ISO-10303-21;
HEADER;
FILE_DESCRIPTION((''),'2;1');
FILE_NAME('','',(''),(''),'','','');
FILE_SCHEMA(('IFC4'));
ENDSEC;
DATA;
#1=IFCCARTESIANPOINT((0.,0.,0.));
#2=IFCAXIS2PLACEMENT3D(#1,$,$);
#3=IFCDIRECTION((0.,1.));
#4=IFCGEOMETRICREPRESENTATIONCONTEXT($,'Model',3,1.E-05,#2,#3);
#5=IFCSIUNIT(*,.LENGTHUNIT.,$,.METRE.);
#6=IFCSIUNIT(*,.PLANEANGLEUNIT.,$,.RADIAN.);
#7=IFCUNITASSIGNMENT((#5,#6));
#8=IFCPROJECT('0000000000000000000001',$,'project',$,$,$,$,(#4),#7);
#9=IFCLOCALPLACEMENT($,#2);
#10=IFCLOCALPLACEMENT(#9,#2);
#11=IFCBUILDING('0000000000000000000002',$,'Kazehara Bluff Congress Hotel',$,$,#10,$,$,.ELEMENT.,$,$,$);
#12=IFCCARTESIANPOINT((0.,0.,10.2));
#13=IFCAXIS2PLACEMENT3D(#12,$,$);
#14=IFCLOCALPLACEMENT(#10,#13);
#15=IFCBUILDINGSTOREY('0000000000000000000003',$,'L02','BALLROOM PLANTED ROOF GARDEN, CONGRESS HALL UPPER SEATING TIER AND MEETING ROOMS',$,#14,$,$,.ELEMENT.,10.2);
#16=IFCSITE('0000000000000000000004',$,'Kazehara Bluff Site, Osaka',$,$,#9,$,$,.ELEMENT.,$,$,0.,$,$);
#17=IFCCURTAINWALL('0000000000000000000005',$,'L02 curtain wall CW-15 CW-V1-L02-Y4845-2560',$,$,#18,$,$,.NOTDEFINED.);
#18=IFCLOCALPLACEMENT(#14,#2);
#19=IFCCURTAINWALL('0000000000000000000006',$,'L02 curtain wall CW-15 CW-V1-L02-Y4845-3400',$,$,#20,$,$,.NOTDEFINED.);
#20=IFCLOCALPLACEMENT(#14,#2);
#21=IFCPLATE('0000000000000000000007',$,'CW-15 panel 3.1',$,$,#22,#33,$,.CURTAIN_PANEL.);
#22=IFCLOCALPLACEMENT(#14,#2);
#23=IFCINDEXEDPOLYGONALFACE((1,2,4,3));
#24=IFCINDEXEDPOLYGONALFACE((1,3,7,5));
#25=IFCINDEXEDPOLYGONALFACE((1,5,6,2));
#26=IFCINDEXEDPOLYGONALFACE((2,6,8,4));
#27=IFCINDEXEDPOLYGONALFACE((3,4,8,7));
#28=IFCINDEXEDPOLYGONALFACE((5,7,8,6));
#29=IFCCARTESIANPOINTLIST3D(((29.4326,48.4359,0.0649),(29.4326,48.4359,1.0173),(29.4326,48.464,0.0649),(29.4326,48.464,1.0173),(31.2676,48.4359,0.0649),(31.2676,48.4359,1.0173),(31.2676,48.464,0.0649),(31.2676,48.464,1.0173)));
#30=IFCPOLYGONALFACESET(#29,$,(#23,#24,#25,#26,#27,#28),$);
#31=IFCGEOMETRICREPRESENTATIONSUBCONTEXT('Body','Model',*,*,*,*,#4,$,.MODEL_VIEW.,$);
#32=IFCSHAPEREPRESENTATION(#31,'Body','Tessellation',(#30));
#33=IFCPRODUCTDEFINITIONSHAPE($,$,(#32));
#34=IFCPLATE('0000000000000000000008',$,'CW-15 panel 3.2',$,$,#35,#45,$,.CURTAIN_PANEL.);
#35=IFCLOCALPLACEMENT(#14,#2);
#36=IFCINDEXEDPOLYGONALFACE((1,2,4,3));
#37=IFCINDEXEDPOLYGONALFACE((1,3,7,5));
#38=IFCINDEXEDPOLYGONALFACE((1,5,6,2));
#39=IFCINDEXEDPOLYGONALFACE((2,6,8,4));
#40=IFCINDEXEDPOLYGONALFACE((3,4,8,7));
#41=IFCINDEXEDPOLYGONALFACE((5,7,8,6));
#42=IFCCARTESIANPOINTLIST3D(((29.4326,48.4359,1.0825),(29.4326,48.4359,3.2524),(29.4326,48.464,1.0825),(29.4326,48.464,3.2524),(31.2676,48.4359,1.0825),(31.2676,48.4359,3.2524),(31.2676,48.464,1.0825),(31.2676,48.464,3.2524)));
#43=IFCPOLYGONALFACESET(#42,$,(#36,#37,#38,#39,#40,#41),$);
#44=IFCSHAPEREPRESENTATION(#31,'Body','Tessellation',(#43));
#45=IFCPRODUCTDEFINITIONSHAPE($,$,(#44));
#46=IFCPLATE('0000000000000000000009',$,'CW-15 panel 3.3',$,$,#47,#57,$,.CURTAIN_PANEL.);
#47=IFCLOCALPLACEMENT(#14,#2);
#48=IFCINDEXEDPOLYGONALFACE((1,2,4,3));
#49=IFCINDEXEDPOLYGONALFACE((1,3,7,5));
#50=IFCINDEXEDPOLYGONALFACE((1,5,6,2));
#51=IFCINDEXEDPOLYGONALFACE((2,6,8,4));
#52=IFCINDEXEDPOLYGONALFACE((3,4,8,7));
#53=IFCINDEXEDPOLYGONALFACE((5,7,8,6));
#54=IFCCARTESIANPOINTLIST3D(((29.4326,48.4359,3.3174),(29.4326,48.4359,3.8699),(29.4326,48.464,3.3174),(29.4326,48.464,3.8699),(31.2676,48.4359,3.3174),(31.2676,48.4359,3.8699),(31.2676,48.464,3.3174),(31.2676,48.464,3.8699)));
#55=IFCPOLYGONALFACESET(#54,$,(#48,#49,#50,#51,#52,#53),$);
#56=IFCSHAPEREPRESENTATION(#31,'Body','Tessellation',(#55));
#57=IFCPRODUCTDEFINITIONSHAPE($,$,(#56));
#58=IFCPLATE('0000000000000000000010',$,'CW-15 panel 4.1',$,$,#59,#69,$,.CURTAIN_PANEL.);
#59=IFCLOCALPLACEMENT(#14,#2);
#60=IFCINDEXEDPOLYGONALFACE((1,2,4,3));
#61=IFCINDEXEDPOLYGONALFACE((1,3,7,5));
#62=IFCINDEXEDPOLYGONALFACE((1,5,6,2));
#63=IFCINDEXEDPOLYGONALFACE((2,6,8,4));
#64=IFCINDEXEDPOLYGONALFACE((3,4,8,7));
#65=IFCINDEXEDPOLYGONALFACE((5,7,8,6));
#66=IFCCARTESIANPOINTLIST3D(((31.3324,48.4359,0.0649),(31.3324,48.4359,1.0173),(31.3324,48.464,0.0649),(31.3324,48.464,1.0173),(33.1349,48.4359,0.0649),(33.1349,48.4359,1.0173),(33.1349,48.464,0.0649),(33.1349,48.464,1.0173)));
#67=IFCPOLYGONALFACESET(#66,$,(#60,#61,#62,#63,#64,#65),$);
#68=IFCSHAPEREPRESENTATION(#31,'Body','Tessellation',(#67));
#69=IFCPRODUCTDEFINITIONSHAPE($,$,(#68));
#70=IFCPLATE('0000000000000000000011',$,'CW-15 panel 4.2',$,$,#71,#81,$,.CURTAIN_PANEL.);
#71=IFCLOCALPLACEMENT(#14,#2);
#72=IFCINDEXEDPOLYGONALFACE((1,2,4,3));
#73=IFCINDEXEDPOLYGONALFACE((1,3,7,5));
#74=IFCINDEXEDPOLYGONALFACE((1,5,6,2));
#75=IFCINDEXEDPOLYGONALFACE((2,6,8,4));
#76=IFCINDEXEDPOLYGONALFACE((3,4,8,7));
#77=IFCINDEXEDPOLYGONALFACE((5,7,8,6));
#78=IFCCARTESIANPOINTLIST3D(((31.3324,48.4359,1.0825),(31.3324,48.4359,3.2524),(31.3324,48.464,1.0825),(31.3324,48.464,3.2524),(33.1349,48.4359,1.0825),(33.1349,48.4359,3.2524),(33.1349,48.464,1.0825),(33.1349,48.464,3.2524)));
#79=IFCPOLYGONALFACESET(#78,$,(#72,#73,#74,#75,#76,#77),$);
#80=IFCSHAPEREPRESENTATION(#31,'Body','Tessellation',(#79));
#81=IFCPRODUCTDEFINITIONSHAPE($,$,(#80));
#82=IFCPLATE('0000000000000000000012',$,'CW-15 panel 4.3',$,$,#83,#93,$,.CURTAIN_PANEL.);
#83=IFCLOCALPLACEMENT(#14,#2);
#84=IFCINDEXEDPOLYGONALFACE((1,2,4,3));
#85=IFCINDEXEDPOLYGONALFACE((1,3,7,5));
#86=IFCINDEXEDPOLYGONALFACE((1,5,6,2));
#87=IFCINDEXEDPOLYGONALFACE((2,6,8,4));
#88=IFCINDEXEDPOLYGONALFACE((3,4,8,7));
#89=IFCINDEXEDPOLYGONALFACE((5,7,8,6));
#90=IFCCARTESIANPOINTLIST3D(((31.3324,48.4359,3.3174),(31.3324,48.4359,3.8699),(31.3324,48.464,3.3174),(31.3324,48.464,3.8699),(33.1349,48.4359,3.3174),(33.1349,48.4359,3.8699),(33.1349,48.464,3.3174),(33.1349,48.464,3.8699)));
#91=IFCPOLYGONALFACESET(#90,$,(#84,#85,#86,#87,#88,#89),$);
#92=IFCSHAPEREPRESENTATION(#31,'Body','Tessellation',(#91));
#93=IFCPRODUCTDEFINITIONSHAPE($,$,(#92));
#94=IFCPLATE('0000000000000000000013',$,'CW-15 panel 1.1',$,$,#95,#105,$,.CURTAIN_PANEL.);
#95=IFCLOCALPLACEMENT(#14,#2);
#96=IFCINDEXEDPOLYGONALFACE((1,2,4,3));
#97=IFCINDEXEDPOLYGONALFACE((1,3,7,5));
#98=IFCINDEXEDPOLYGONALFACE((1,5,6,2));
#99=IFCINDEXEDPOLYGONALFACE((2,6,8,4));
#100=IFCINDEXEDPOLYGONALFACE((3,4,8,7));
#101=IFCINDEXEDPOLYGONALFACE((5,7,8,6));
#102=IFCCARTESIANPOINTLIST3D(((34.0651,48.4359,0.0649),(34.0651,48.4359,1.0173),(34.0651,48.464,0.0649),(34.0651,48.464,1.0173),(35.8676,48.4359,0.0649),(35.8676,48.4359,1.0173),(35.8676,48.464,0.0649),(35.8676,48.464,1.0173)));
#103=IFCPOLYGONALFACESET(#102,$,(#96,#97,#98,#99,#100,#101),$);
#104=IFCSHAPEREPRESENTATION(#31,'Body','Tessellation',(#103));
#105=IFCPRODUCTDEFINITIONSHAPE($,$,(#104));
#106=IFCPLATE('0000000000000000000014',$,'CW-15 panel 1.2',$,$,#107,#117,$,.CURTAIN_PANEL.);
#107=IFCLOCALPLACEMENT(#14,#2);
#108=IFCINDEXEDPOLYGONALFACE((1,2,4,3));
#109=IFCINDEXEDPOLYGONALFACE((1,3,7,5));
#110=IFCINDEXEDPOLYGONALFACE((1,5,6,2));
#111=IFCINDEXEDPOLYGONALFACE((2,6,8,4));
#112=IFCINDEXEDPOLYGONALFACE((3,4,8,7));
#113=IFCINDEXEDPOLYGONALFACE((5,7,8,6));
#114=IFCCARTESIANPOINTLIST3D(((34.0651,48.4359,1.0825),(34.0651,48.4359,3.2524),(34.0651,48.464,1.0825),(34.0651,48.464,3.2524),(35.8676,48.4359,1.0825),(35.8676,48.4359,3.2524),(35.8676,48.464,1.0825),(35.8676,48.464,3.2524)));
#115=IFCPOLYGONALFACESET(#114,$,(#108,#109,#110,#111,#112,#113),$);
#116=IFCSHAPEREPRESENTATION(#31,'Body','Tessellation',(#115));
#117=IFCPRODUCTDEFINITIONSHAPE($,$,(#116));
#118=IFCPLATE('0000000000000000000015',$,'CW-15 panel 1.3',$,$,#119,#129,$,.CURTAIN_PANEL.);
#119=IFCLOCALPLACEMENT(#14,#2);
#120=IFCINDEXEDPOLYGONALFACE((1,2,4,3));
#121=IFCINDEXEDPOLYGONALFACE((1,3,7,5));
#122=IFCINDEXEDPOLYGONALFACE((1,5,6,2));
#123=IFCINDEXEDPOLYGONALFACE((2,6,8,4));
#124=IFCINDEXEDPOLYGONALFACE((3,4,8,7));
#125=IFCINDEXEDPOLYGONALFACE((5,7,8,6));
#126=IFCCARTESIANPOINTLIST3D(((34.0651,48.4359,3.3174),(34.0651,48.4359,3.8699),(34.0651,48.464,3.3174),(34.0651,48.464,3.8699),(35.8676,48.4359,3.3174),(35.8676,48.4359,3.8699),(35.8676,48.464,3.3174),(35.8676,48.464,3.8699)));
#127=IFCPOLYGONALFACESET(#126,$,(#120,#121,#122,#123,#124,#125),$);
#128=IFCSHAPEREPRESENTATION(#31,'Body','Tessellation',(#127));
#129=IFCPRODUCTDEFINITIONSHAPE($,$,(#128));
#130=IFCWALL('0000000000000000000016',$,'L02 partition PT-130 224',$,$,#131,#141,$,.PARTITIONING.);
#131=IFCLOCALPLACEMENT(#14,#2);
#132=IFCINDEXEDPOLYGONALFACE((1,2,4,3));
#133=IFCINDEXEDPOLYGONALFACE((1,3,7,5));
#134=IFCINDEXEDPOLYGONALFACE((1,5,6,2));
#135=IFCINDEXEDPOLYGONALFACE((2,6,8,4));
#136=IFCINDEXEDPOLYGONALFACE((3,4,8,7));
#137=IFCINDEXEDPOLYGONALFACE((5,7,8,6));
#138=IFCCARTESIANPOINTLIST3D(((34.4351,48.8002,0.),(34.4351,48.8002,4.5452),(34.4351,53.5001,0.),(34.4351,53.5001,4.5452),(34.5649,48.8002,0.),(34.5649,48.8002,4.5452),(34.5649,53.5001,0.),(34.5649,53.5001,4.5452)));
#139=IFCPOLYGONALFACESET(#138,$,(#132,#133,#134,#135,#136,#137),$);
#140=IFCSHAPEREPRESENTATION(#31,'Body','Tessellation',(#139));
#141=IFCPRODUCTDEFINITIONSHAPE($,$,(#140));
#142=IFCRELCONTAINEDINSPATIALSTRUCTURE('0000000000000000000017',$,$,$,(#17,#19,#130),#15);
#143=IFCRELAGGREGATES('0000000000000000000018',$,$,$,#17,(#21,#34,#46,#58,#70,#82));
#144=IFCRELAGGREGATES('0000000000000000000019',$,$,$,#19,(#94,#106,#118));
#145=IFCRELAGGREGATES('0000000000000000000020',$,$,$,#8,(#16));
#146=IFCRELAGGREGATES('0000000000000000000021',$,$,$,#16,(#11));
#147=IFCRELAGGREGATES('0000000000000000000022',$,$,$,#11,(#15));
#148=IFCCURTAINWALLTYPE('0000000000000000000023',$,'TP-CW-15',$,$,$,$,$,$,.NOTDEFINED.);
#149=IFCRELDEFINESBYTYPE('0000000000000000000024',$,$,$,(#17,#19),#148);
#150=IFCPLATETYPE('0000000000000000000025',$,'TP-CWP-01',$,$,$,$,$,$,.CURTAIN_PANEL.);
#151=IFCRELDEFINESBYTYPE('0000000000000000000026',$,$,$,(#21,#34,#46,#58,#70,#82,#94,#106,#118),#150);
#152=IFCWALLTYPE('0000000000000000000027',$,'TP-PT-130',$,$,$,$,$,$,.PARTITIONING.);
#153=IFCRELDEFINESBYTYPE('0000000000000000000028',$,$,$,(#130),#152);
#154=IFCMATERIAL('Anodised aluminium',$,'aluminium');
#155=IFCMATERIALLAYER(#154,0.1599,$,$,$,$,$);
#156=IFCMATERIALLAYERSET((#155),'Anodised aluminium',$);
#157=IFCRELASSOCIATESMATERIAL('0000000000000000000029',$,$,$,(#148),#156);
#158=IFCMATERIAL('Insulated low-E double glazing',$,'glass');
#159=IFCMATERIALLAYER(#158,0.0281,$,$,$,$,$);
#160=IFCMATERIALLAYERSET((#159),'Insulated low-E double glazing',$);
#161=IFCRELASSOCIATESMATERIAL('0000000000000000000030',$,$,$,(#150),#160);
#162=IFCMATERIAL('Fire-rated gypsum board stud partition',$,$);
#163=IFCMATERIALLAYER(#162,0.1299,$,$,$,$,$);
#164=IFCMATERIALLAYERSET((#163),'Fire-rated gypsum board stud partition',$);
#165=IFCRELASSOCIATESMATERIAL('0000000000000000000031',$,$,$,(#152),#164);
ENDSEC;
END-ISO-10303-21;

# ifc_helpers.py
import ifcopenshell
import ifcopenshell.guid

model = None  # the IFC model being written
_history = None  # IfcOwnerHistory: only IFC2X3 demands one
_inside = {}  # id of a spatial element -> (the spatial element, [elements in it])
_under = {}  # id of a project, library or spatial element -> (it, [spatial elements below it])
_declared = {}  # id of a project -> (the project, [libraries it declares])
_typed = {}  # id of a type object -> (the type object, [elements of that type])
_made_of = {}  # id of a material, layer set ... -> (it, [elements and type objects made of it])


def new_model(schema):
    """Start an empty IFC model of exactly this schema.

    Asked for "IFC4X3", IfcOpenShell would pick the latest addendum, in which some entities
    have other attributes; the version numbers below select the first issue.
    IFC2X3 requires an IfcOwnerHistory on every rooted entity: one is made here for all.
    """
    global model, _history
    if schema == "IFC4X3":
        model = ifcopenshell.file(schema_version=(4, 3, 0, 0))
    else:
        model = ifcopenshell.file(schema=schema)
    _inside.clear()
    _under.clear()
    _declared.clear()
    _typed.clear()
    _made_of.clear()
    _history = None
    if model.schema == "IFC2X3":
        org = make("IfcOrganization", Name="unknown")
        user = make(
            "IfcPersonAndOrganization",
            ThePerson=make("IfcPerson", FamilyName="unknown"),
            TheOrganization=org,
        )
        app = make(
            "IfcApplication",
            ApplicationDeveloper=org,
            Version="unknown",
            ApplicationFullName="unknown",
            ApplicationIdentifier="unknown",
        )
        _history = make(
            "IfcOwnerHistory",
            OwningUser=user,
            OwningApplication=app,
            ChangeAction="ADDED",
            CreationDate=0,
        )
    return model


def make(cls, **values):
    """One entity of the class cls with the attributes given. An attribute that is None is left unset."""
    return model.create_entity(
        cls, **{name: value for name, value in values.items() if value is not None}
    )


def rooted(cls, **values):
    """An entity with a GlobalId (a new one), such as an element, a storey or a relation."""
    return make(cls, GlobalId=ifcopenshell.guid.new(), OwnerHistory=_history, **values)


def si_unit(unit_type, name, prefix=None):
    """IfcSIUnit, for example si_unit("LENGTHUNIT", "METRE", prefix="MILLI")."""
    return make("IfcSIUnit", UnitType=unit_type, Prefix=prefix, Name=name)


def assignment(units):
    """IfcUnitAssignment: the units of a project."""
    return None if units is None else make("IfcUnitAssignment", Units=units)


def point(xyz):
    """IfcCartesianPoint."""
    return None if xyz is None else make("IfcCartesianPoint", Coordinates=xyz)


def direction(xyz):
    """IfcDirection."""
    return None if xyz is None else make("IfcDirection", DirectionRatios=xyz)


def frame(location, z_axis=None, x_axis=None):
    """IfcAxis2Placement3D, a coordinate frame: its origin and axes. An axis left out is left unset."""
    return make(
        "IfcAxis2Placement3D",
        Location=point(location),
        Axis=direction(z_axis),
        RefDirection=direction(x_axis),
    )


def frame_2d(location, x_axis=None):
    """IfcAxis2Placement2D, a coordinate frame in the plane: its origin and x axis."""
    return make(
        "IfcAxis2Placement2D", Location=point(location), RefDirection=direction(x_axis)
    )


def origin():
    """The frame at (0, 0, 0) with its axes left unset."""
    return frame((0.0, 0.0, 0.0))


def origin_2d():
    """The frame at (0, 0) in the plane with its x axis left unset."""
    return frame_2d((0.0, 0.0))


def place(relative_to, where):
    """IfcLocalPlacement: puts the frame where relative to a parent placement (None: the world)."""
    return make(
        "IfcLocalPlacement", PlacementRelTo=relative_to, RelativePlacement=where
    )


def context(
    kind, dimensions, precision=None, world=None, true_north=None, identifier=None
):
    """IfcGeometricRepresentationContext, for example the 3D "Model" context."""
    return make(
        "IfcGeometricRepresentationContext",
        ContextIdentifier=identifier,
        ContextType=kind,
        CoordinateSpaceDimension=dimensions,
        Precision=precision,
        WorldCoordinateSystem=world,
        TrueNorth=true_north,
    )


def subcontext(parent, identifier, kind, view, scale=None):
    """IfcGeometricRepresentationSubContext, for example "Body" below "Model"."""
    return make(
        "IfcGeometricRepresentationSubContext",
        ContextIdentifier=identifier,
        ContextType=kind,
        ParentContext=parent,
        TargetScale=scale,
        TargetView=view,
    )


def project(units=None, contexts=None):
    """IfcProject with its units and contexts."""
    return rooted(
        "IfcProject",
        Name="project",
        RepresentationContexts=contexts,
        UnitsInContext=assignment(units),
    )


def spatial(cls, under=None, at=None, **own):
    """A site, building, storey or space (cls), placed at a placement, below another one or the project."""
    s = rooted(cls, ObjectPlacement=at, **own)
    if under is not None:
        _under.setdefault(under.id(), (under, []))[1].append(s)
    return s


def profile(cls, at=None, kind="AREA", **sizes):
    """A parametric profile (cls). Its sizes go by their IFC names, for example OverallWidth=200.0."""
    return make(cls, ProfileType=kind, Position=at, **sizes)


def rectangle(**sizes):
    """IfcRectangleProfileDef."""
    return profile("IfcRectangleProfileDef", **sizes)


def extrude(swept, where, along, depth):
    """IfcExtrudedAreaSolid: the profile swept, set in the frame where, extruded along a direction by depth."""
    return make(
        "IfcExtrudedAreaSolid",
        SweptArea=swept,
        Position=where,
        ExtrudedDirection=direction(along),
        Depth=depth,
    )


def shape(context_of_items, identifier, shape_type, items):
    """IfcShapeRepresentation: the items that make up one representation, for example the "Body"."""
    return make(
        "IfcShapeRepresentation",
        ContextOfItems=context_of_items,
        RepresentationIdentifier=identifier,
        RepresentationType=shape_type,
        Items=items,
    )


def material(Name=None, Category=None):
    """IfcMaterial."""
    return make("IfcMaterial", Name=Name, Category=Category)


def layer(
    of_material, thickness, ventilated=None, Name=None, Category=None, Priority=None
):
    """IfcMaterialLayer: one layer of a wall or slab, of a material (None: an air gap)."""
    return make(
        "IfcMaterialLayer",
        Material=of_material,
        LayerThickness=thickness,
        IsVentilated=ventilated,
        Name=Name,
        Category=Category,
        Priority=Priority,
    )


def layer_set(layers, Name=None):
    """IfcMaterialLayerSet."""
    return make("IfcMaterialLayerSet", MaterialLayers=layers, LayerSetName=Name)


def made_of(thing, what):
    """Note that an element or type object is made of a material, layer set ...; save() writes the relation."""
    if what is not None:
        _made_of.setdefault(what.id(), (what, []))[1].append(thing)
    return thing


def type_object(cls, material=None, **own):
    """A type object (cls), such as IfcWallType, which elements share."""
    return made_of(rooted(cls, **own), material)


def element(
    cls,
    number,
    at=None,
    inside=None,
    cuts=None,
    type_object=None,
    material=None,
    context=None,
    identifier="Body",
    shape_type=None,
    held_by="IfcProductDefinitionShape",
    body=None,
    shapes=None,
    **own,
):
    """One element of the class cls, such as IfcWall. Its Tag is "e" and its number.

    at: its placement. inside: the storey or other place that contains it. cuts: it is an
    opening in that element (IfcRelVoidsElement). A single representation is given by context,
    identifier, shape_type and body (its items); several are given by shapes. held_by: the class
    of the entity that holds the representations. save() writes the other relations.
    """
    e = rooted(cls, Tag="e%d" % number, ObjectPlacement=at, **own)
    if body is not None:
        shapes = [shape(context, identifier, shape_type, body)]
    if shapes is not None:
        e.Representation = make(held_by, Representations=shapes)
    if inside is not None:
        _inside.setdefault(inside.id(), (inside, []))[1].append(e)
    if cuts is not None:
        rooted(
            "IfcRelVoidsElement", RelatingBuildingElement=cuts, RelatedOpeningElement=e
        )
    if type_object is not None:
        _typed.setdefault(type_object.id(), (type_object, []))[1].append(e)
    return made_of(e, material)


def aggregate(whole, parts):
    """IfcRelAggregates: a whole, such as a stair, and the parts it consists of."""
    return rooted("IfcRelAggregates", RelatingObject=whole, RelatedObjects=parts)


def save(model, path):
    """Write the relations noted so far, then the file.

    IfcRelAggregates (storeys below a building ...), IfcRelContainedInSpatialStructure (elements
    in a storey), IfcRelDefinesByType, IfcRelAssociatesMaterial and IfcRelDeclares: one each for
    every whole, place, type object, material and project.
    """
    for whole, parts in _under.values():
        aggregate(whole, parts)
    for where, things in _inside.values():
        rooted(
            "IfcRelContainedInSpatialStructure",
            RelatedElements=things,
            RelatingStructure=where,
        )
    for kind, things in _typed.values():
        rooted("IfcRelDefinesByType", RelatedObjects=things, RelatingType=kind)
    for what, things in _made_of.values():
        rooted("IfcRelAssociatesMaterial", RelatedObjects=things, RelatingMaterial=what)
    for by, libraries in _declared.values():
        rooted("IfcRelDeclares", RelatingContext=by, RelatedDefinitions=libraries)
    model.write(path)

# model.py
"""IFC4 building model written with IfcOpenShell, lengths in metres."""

from ifc_helpers import new_model, si_unit, direction, frame, frame_2d, origin, origin_2d, place, context, subcontext, project, spatial, rectangle, extrude, material, layer, layer_set, type_object, element, aggregate, save


model = new_model("IFC4")

# Units and contexts
model_context = context("Model", 3, precision=1e-05, world=origin(), true_north=direction((0.0, 1.0)))
body_context = subcontext(model_context, "Body", "Model", "MODEL_VIEW")
ifc_project = project(units=[si_unit("LENGTHUNIT", "METRE"), si_unit("PLANEANGLEUNIT", "RADIAN")], contexts=[model_context])

# Site, building, storey
site_placement = place(None, origin())
site = spatial("IfcSite", under=ifc_project, at=site_placement, Name="Kazehara Bluff Site, Osaka", CompositionType="ELEMENT", RefElevation=0.0)
building_placement = place(site_placement, origin())
building = spatial("IfcBuilding", under=site, at=building_placement, Name="Kazehara Bluff Congress Hotel", CompositionType="ELEMENT")
storey_placement = place(building_placement, frame((0.0, 0.0, 10.2)))
storey = spatial("IfcBuildingStorey", under=building, at=storey_placement, Name="L02", Description="BALLROOM PLANTED ROOF GARDEN, CONGRESS HALL UPPER SEATING TIER AND MEETING ROOMS", CompositionType="ELEMENT", Elevation=10.2)

# Curtain walls
ifc_material_1 = material(Name="Anodised aluminium", Category="aluminium")
ifc_layer_1 = layer(ifc_material_1, 0.1599)
ifc_layer_set_1 = layer_set([ifc_layer_1], Name="Anodised aluminium")
curtain_wall_type = type_object("IfcCurtainWallType", Name="TP-CW-15", PredefinedType="NOTDEFINED", material=ifc_layer_set_1)
curtain_wall_1_placement = place(storey_placement, origin())
curtain_wall_1 = element("IfcCurtainWall", 1, at=curtain_wall_1_placement, inside=storey, type_object=curtain_wall_type, Name="L02 curtain wall CW-15 CW-V1-L02-Y4845-2560", PredefinedType="NOTDEFINED")
curtain_wall_2_placement = place(storey_placement, origin())
curtain_wall_2 = element("IfcCurtainWall", 2, at=curtain_wall_2_placement, inside=storey, type_object=curtain_wall_type, Name="L02 curtain wall CW-15 CW-V1-L02-Y4845-3400", PredefinedType="NOTDEFINED")

# Plates
ifc_material_2 = material(Name="Insulated low-E double glazing", Category="glass")
ifc_layer_2 = layer(ifc_material_2, 0.0281)
ifc_layer_set_2 = layer_set([ifc_layer_2], Name="Insulated low-E double glazing")
plate_type = type_object("IfcPlateType", Name="TP-CWP-01", PredefinedType="CURTAIN_PANEL", material=ifc_layer_set_2)
plate_1_placement = place(storey_placement, frame((30.3501, 48.45, 0.0649), z_axis=(0.0, 0.0, 1.0), x_axis=(1.0, 0.0, 0.0)))
plate_1 = element("IfcPlate", 3, at=plate_1_placement, type_object=plate_type, Name="CW-15 panel 3.1", PredefinedType="CURTAIN_PANEL", context=body_context, shape_type="SweptSolid", body=[
    extrude(rectangle(XDim=1.835, YDim=0.0281, at=origin_2d()), origin(), (0.0, 0.0, 1.0), 0.9524),
])
plate_2_placement = place(storey_placement, frame((30.3501, 48.45, 1.0825), z_axis=(0.0, 0.0, 1.0), x_axis=(1.0, 0.0, 0.0)))
plate_2 = element("IfcPlate", 4, at=plate_2_placement, type_object=plate_type, Name="CW-15 panel 3.2", PredefinedType="CURTAIN_PANEL", context=body_context, shape_type="SweptSolid", body=[
    extrude(rectangle(XDim=1.835, YDim=0.0281, at=origin_2d()), origin(), (0.0, 0.0, 1.0), 2.1699),
])
plate_3_placement = place(storey_placement, frame((30.3501, 48.45, 3.3174), z_axis=(0.0, 0.0, 1.0), x_axis=(1.0, 0.0, 0.0)))
plate_3 = element("IfcPlate", 5, at=plate_3_placement, type_object=plate_type, Name="CW-15 panel 3.3", PredefinedType="CURTAIN_PANEL", context=body_context, shape_type="SweptSolid", body=[
    extrude(rectangle(XDim=1.835, YDim=0.0281, at=origin_2d()), origin(), (0.0, 0.0, 1.0), 0.5525),
])
plate_4_placement = place(storey_placement, frame((32.2336, 48.45, 0.0649), z_axis=(0.0, 0.0, 1.0), x_axis=(1.0, 0.0, 0.0)))
plate_4 = element("IfcPlate", 6, at=plate_4_placement, type_object=plate_type, Name="CW-15 panel 4.1", PredefinedType="CURTAIN_PANEL", context=body_context, shape_type="SweptSolid", body=[
    extrude(rectangle(XDim=1.8025, YDim=0.0281, at=origin_2d()), origin(), (0.0, 0.0, 1.0), 0.9524),
])
plate_5_placement = place(storey_placement, frame((32.2336, 48.45, 1.0825), z_axis=(0.0, 0.0, 1.0), x_axis=(1.0, 0.0, 0.0)))
plate_5 = element("IfcPlate", 7, at=plate_5_placement, type_object=plate_type, Name="CW-15 panel 4.2", PredefinedType="CURTAIN_PANEL", context=body_context, shape_type="SweptSolid", body=[
    extrude(rectangle(XDim=1.8025, YDim=0.0281, at=origin_2d()), origin(), (0.0, 0.0, 1.0), 2.1699),
])
plate_6_placement = place(storey_placement, frame((32.2336, 48.45, 3.3174), z_axis=(0.0, 0.0, 1.0), x_axis=(1.0, 0.0, 0.0)))
plate_6 = element("IfcPlate", 8, at=plate_6_placement, type_object=plate_type, Name="CW-15 panel 4.3", PredefinedType="CURTAIN_PANEL", context=body_context, shape_type="SweptSolid", body=[
    extrude(rectangle(XDim=1.8025, YDim=0.0281, at=origin_2d()), origin(), (0.0, 0.0, 1.0), 0.5525),
])
aggregate(curtain_wall_1, [plate_1, plate_2, plate_3, plate_4, plate_5, plate_6])
plate_7_placement = place(storey_placement, frame((34.9663, 48.45, 0.0649), z_axis=(0.0, 0.0, 1.0), x_axis=(1.0, 0.0, 0.0)))
plate_7 = element("IfcPlate", 9, at=plate_7_placement, type_object=plate_type, Name="CW-15 panel 1.1", PredefinedType="CURTAIN_PANEL", context=body_context, shape_type="SweptSolid", body=[
    extrude(rectangle(XDim=1.8025, YDim=0.0281, at=origin_2d()), origin(), (0.0, 0.0, 1.0), 0.9524),
])
plate_8_placement = place(storey_placement, frame((34.9663, 48.45, 1.0825), z_axis=(0.0, 0.0, 1.0), x_axis=(1.0, 0.0, 0.0)))
plate_8 = element("IfcPlate", 10, at=plate_8_placement, type_object=plate_type, Name="CW-15 panel 1.2", PredefinedType="CURTAIN_PANEL", context=body_context, shape_type="SweptSolid", body=[
    extrude(rectangle(XDim=1.8025, YDim=0.0281, at=origin_2d()), origin(), (0.0, 0.0, 1.0), 2.1699),
])
plate_9_placement = place(storey_placement, frame((34.9663, 48.45, 3.3174), z_axis=(0.0, 0.0, 1.0), x_axis=(1.0, 0.0, 0.0)))
plate_9 = element("IfcPlate", 11, at=plate_9_placement, type_object=plate_type, Name="CW-15 panel 1.3", PredefinedType="CURTAIN_PANEL", context=body_context, shape_type="SweptSolid", body=[
    extrude(rectangle(XDim=1.8025, YDim=0.0281, at=origin_2d()), origin(), (0.0, 0.0, 1.0), 0.5525),
])
aggregate(curtain_wall_2, [plate_7, plate_8, plate_9])

# Wall
ifc_material_3 = material(Name="Fire-rated gypsum board stud partition")
ifc_layer_3 = layer(ifc_material_3, 0.1299)
ifc_layer_set_3 = layer_set([ifc_layer_3], Name="Fire-rated gypsum board stud partition")
wall_type = type_object("IfcWallType", Name="TP-PT-130", PredefinedType="PARTITIONING", material=ifc_layer_set_3)
wall_placement = place(storey_placement, frame((34.5, 48.8, 0.0), z_axis=(0.0, 0.0, 1.0), x_axis=(0.0, 1.0, 0.0)))
element("IfcWall", 12, at=wall_placement, inside=storey, type_object=wall_type, Name="L02 partition PT-130 224", PredefinedType="PARTITIONING", context=body_context, shape_type="SweptSolid", body=[
    extrude(rectangle(XDim=4.7, YDim=0.1299, at=frame_2d((2.3501, 0.0))), origin(), (0.0, 0.0, 1.0), 4.5452),
])

save(model, "model.ifc")
